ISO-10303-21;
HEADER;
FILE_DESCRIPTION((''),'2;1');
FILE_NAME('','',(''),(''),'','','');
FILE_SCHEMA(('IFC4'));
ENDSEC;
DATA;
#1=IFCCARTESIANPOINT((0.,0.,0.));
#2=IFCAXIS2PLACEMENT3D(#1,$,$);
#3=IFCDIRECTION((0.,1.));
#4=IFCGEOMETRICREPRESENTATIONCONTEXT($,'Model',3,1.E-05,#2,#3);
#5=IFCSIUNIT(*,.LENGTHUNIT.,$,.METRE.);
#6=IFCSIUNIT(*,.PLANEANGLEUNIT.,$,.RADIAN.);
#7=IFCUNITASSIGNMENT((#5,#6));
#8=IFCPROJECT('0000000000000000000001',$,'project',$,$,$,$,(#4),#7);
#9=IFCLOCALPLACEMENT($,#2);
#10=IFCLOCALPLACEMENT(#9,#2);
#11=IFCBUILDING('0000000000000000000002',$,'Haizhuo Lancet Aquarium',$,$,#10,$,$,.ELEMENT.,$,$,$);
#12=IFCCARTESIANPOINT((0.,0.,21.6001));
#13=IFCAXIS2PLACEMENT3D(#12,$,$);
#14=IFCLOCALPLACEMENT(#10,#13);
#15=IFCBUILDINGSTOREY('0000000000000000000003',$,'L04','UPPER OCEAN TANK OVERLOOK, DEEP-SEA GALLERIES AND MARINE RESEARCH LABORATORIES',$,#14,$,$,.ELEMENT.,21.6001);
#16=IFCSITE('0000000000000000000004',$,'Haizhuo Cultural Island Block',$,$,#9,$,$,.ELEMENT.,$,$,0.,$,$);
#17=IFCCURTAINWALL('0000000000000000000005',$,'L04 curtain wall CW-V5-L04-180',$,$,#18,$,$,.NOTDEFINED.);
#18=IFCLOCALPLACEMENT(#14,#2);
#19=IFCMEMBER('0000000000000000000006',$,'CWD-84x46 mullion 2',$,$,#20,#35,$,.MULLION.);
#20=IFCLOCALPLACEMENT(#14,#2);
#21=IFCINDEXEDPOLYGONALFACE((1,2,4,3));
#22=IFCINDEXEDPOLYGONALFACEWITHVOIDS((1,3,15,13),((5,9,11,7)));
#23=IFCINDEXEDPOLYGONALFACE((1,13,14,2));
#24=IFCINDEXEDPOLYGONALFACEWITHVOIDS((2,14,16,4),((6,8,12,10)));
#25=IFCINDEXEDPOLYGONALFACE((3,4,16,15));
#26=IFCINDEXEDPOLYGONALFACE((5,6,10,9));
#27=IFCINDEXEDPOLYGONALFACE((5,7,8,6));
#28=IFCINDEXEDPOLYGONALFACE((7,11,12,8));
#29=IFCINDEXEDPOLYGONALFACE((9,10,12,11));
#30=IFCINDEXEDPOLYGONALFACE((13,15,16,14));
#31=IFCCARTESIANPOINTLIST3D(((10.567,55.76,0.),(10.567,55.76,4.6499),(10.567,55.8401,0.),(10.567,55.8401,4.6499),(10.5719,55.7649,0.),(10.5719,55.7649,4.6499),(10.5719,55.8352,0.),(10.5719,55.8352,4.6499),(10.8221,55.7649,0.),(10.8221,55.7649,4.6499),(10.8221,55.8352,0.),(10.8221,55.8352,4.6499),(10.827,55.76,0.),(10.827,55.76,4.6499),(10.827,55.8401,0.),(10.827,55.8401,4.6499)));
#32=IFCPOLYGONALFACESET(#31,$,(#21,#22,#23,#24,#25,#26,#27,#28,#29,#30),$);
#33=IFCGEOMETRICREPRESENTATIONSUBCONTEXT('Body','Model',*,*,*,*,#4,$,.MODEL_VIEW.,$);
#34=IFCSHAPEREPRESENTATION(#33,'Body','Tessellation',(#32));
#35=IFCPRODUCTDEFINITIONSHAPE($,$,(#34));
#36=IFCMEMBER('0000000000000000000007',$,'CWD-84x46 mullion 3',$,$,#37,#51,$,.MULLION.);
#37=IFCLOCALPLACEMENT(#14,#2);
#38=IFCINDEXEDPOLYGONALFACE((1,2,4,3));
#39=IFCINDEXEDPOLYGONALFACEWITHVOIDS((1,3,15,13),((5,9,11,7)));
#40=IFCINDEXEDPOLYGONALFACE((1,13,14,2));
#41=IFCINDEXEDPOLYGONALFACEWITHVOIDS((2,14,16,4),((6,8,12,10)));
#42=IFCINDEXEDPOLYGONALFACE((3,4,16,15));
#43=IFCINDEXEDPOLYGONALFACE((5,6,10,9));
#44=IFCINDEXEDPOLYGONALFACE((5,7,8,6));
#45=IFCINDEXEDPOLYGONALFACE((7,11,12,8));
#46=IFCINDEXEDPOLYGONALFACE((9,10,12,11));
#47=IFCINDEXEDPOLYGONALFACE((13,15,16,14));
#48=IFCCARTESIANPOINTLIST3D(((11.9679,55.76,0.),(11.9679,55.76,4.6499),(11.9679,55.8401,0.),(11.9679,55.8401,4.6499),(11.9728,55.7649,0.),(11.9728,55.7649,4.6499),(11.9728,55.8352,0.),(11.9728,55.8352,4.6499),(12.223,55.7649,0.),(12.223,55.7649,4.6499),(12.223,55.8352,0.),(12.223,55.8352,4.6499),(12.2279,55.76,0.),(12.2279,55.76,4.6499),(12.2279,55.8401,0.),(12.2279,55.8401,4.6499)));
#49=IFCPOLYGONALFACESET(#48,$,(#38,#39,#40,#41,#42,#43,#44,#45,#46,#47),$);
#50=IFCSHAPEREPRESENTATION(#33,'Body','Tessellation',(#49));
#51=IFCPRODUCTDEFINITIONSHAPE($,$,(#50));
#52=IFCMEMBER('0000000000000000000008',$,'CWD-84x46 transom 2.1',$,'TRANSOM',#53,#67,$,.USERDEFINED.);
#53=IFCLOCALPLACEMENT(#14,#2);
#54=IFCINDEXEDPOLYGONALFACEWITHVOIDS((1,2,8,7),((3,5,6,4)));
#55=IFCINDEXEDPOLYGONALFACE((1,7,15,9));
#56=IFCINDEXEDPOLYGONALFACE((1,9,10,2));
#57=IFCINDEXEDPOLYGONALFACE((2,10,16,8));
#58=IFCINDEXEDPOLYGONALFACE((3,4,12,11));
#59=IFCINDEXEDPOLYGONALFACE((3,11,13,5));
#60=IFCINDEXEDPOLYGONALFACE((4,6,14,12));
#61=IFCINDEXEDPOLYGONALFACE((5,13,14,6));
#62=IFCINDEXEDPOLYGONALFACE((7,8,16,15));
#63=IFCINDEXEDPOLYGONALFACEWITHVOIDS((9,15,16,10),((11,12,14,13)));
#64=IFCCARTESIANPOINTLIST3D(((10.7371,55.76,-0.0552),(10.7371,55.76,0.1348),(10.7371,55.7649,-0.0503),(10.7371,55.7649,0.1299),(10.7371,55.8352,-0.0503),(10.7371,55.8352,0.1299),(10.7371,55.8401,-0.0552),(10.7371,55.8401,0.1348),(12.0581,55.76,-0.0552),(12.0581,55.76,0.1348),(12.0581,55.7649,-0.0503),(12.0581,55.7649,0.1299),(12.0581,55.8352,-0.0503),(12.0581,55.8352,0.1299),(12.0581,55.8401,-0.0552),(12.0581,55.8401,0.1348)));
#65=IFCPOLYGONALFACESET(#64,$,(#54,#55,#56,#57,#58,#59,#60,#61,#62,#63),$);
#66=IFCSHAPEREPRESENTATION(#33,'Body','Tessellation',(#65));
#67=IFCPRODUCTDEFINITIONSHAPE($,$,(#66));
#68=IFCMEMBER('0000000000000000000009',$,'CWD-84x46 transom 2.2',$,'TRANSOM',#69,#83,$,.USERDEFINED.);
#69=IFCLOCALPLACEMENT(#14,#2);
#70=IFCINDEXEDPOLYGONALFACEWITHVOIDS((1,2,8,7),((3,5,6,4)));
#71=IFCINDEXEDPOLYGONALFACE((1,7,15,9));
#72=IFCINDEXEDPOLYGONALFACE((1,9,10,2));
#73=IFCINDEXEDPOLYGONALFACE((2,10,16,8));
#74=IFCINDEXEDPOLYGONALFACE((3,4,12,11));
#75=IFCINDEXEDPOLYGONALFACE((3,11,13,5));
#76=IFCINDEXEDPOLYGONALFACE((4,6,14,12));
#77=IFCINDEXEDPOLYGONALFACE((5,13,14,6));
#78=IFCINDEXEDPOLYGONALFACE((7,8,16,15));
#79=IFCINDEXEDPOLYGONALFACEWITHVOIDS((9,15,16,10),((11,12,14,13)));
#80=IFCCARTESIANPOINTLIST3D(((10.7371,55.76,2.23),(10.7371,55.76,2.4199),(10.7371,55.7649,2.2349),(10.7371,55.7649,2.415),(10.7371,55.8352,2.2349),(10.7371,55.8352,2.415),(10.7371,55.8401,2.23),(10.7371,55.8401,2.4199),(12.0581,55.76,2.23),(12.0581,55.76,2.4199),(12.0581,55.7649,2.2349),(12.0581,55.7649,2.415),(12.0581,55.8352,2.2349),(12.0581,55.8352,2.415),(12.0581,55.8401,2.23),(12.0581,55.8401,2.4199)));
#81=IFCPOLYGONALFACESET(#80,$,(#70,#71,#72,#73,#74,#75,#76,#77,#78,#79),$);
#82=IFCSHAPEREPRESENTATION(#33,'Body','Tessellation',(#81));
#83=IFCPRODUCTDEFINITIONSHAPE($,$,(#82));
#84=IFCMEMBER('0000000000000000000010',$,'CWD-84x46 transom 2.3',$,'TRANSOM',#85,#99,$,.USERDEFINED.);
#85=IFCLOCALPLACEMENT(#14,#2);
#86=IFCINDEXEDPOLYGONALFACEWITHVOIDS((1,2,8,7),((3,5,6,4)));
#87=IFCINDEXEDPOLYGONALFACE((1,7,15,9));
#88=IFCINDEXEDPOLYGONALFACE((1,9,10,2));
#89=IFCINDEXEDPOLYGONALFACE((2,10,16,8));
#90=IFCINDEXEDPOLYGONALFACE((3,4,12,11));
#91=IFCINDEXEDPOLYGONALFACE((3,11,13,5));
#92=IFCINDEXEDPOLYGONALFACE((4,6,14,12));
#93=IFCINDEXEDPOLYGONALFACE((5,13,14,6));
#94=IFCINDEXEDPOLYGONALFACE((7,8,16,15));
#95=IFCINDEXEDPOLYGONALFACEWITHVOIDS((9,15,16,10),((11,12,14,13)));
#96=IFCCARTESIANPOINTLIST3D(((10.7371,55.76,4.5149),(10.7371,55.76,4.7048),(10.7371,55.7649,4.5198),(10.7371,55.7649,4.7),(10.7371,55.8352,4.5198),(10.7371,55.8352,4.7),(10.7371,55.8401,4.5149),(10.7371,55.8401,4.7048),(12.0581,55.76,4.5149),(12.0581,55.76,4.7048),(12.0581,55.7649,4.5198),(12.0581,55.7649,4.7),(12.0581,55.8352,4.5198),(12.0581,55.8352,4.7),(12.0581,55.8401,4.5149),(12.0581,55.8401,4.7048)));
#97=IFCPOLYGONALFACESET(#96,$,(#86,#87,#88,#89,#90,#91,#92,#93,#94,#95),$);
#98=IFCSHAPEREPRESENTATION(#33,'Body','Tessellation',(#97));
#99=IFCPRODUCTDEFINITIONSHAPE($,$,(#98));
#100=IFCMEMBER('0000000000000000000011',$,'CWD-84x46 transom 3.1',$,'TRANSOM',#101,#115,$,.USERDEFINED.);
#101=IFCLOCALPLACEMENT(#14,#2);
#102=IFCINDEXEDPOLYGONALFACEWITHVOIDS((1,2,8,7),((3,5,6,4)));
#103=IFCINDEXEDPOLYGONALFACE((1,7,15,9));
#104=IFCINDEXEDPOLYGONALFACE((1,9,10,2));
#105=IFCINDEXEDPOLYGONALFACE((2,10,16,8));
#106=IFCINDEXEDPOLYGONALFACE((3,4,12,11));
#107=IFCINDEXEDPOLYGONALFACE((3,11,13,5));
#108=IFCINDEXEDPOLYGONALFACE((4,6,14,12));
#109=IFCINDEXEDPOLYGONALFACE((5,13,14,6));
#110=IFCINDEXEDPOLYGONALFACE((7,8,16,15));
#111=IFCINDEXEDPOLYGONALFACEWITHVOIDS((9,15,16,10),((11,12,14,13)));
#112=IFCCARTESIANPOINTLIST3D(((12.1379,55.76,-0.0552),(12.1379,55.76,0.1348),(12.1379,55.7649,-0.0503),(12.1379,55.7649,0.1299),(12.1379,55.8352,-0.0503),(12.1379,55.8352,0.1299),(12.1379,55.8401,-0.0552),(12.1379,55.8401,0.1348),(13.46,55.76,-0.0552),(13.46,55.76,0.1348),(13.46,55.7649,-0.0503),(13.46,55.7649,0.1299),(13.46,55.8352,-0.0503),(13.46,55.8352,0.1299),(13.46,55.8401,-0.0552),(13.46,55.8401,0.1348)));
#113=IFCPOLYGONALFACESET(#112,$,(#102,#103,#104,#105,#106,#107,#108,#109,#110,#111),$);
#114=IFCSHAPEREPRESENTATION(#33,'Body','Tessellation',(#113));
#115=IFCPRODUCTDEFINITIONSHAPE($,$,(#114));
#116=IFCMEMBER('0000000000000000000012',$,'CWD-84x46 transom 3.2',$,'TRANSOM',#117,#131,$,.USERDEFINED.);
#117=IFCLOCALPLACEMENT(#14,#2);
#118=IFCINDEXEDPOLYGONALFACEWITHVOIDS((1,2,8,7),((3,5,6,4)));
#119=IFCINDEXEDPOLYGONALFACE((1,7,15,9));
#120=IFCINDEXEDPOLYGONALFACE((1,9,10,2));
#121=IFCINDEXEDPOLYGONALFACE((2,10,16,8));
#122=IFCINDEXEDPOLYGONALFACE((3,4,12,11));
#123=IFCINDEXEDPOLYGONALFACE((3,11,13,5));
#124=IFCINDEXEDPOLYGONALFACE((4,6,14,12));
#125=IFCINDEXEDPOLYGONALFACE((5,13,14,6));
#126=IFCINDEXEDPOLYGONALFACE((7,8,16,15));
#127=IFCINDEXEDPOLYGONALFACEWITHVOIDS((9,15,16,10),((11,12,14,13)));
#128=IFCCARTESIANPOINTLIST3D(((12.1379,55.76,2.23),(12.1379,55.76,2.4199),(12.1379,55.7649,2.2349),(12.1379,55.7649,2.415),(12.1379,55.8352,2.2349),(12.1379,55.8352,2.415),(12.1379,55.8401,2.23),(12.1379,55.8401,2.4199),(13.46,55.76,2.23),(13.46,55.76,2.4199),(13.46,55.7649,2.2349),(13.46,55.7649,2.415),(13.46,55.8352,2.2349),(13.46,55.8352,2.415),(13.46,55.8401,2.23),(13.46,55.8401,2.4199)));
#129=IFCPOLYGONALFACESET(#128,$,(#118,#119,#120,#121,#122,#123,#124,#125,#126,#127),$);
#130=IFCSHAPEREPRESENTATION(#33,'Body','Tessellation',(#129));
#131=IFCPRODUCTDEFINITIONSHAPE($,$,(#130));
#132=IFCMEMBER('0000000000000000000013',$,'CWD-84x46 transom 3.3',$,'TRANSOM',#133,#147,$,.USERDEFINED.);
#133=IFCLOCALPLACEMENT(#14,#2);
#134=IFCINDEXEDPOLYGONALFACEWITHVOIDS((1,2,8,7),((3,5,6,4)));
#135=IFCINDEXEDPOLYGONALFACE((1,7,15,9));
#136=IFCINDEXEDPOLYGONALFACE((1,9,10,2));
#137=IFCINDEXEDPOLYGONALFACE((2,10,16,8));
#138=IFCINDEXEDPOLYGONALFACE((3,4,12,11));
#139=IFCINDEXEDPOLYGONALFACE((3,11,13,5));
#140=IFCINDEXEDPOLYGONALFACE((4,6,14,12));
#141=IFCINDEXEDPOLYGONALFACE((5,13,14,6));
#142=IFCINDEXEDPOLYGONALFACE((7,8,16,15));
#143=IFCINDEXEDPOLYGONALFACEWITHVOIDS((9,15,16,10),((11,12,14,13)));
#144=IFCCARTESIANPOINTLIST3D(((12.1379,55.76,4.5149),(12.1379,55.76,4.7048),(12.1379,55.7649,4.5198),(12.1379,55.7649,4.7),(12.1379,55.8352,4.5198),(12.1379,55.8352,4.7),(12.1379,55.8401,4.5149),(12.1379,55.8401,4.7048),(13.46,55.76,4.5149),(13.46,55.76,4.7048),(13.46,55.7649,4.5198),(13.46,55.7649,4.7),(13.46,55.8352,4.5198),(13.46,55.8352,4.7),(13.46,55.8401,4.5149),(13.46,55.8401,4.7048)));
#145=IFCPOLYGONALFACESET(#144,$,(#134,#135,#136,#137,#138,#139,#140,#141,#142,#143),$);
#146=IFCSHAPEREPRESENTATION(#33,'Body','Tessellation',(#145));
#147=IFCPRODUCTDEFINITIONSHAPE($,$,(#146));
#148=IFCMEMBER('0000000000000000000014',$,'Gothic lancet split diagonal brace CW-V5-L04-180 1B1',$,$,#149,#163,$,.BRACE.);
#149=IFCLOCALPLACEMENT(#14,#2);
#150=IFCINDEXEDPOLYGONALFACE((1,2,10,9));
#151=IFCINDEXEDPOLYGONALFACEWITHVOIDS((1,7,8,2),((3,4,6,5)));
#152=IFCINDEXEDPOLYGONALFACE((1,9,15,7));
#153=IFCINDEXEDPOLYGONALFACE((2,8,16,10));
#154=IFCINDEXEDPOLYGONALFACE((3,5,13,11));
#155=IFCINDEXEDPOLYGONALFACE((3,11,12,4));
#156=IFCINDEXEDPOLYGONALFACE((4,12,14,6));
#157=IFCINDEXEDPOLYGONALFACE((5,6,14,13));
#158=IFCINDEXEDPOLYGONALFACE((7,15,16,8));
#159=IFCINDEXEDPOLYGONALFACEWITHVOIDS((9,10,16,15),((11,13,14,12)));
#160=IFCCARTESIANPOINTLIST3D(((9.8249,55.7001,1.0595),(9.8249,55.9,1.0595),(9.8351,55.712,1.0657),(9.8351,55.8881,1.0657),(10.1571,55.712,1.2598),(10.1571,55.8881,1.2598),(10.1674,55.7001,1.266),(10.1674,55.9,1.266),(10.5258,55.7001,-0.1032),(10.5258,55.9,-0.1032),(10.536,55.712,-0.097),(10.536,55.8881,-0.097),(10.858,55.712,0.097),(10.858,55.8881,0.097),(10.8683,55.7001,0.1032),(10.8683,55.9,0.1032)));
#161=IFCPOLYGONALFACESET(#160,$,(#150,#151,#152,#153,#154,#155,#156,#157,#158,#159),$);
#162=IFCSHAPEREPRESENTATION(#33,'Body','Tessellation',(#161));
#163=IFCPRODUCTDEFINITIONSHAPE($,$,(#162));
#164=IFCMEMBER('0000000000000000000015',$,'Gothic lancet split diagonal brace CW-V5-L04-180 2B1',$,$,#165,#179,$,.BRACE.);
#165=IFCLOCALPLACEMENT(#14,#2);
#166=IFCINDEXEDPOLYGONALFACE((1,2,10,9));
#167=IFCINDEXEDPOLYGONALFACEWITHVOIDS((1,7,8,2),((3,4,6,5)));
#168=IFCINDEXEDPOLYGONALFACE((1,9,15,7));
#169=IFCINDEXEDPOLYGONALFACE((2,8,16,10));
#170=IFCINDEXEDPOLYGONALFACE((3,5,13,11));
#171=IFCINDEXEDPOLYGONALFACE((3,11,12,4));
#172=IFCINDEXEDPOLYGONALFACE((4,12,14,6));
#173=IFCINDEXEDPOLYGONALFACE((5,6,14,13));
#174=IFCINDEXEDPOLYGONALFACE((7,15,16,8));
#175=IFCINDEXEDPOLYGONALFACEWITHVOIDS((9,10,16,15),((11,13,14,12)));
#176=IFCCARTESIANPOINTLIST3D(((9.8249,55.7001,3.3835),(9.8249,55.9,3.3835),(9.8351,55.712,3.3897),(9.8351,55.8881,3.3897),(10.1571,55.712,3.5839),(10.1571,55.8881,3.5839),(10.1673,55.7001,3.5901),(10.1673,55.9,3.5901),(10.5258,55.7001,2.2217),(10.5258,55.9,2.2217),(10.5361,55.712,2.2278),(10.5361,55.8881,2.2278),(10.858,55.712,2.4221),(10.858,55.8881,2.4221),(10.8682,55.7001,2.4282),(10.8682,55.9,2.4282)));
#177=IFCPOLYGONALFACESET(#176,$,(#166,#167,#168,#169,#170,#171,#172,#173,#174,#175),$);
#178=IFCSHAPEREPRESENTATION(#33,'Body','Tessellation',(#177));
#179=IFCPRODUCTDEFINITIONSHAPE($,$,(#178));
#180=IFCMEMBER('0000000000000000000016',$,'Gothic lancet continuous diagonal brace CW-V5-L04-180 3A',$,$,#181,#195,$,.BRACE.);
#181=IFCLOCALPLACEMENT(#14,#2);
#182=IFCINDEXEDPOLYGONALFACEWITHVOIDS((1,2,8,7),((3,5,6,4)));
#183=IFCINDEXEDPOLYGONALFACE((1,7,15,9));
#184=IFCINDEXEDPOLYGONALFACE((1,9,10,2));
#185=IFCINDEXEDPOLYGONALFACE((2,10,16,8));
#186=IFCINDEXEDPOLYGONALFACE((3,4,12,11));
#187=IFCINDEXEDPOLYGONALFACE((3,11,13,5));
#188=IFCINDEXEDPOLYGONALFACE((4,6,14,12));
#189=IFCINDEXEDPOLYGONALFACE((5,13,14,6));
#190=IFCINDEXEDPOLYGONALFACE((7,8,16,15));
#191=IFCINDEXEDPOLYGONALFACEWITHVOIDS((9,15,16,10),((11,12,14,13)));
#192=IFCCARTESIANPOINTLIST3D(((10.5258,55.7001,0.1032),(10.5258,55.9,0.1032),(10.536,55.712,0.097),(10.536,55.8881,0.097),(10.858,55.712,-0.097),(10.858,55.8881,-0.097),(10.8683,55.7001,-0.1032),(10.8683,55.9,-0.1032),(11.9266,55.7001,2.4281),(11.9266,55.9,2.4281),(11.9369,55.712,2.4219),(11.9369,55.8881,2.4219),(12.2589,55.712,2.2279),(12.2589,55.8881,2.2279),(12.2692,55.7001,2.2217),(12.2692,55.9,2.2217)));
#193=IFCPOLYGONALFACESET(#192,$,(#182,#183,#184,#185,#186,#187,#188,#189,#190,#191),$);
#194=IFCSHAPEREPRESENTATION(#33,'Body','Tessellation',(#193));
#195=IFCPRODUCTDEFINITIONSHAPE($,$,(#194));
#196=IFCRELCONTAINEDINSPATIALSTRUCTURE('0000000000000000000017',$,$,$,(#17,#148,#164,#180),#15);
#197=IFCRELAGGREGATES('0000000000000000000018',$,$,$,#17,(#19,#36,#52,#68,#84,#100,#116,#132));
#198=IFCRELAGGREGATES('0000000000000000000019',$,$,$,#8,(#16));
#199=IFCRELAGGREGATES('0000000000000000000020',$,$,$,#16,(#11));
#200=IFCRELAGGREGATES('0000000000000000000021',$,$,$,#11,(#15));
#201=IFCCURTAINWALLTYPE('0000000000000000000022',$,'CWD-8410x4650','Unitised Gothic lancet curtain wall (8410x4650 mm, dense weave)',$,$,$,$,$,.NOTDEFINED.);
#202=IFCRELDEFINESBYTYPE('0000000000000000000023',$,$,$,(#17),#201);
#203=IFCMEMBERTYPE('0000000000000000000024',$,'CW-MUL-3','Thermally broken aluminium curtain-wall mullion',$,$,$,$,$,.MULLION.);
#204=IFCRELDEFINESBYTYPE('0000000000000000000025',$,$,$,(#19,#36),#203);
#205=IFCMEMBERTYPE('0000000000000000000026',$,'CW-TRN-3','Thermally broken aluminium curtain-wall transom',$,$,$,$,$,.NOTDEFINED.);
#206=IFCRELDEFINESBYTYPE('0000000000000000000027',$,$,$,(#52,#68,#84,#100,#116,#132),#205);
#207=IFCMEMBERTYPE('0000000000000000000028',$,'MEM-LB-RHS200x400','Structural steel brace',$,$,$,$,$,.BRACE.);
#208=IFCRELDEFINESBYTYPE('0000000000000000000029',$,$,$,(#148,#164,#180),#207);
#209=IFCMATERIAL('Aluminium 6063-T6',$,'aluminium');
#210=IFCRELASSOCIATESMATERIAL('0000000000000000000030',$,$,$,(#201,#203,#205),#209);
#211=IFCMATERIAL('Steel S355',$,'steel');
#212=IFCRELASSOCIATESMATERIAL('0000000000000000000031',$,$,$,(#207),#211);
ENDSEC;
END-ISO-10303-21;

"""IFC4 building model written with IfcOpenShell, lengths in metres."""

from ifc_helpers import new_model, si_unit, direction, frame, origin, origin_2d, place, context, subcontext, project, spatial, hollow_rectangle, extrude, material, material_profile, profile_set, type_object, element, aggregate, save


model = new_model("IFC4")

# Units and contexts
model_context = context("Model", 3, precision=1e-05, world=origin(), true_north=direction((0.0, 1.0)))
body_context = subcontext(model_context, "Body", "Model", "MODEL_VIEW")
ifc_project = project(units=[si_unit("LENGTHUNIT", "METRE"), si_unit("PLANEANGLEUNIT", "RADIAN")], contexts=[model_context])

# Site, building, storey
site_placement = place(None, origin())
site = spatial("IfcSite", under=ifc_project, at=site_placement, Name="Haizhuo Cultural Island Block", CompositionType="ELEMENT", RefElevation=0.0)
building_placement = place(site_placement, origin())
building = spatial("IfcBuilding", under=site, at=building_placement, Name="Haizhuo Lancet Aquarium", CompositionType="ELEMENT")
storey_placement = place(building_placement, frame((0.0, 0.0, 21.6001)))
storey = spatial("IfcBuildingStorey", under=building, at=storey_placement, Name="L04", Description="UPPER OCEAN TANK OVERLOOK, DEEP-SEA GALLERIES AND MARINE RESEARCH LABORATORIES", CompositionType="ELEMENT", Elevation=21.6001)

# Curtain wall, members
ifc_material_1 = material(Name="Aluminium 6063-T6", Category="aluminium")
curtain_wall_type = type_object("IfcCurtainWallType", Name="CWD-8410x4650", Description="Unitised Gothic lancet curtain wall (8410x4650 mm, dense weave)", PredefinedType="NOTDEFINED", material=ifc_material_1)
curtain_wall_placement = place(storey_placement, origin())
curtain_wall = element("IfcCurtainWall", 1, at=curtain_wall_placement, inside=storey, type_object=curtain_wall_type, Name="L04 curtain wall CW-V5-L04-180", PredefinedType="NOTDEFINED")
ifc_material_profile_1 = material_profile(ifc_material_1, hollow_rectangle(XDim=0.0801, YDim=0.26, WallThickness=0.0049, at=origin_2d()), Name="ALU-M 80x260x5")
ifc_profile_set_1 = profile_set([ifc_material_profile_1], Name="Aluminium 6063-T6")
member_type_1 = type_object("IfcMemberType", Name="CW-MUL-3", Description="Thermally broken aluminium curtain-wall mullion", PredefinedType="MULLION", material=ifc_profile_set_1)
member_1_placement = place(storey_placement, frame((10.697, 55.8, 0.0), z_axis=(0.0, 0.0, 1.0), x_axis=(0.0, 1.0, 0.0)))
member_1 = element("IfcMember", 2, at=member_1_placement, type_object=member_type_1, Name="CWD-84x46 mullion 2", PredefinedType="MULLION", context=body_context, shape_type="SweptSolid", body=[
    extrude(hollow_rectangle(XDim=0.0801, YDim=0.26, WallThickness=0.0049, at=origin_2d()), origin(), (0.0, 0.0, 1.0), 4.6499),
])
member_2_placement = place(storey_placement, frame((12.0979, 55.8, 0.0), z_axis=(0.0, 0.0, 1.0), x_axis=(0.0, 1.0, 0.0)))
member_2 = element("IfcMember", 3, at=member_2_placement, type_object=member_type_1, Name="CWD-84x46 mullion 3", PredefinedType="MULLION", context=body_context, shape_type="SweptSolid", body=[
    extrude(hollow_rectangle(XDim=0.0801, YDim=0.26, WallThickness=0.0049, at=origin_2d()), origin(), (0.0, 0.0, 1.0), 4.6499),
])
ifc_material_profile_2 = material_profile(ifc_material_1, hollow_rectangle(XDim=0.0801, YDim=0.1899, WallThickness=0.0049, at=origin_2d()), Name="ALU-T 80x190x5")
ifc_profile_set_2 = profile_set([ifc_material_profile_2], Name="Aluminium 6063-T6")
member_type_2 = type_object("IfcMemberType", Name="CW-TRN-3", Description="Thermally broken aluminium curtain-wall transom", PredefinedType="NOTDEFINED", material=ifc_profile_set_2)
member_3_placement = place(storey_placement, frame((10.7371, 55.8, 0.0398), z_axis=(1.0, 0.0, 0.0), x_axis=(0.0, 1.0, 0.0)))
member_3 = element("IfcMember", 4, at=member_3_placement, type_object=member_type_2, Name="CWD-84x46 transom 2.1", ObjectType="TRANSOM", PredefinedType="USERDEFINED", context=body_context, shape_type="SweptSolid", body=[
    extrude(hollow_rectangle(XDim=0.0801, YDim=0.1899, WallThickness=0.0049, at=origin_2d()), origin(), (0.0, 0.0, 1.0), 1.321),
])
member_4_placement = place(storey_placement, frame((10.7371, 55.8, 2.325), z_axis=(1.0, 0.0, 0.0), x_axis=(0.0, 1.0, 0.0)))
member_4 = element("IfcMember", 5, at=member_4_placement, type_object=member_type_2, Name="CWD-84x46 transom 2.2", ObjectType="TRANSOM", PredefinedType="USERDEFINED", context=body_context, shape_type="SweptSolid", body=[
    extrude(hollow_rectangle(XDim=0.0801, YDim=0.1899, WallThickness=0.0049, at=origin_2d()), origin(), (0.0, 0.0, 1.0), 1.321),
])
member_5_placement = place(storey_placement, frame((10.7371, 55.8, 4.6099), z_axis=(1.0, 0.0, 0.0), x_axis=(0.0, 1.0, 0.0)))
member_5 = element("IfcMember", 6, at=member_5_placement, type_object=member_type_2, Name="CWD-84x46 transom 2.3", ObjectType="TRANSOM", PredefinedType="USERDEFINED", context=body_context, shape_type="SweptSolid", body=[
    extrude(hollow_rectangle(XDim=0.0801, YDim=0.1899, WallThickness=0.0049, at=origin_2d()), origin(), (0.0, 0.0, 1.0), 1.321),
])
member_6_placement = place(storey_placement, frame((12.1379, 55.8, 0.0398), z_axis=(1.0, 0.0, 0.0), x_axis=(0.0, 1.0, 0.0)))
member_6 = element("IfcMember", 7, at=member_6_placement, type_object=member_type_2, Name="CWD-84x46 transom 3.1", ObjectType="TRANSOM", PredefinedType="USERDEFINED", context=body_context, shape_type="SweptSolid", body=[
    extrude(hollow_rectangle(XDim=0.0801, YDim=0.1899, WallThickness=0.0049, at=origin_2d()), origin(), (0.0, 0.0, 1.0), 1.322),
])
member_7_placement = place(storey_placement, frame((12.1379, 55.8, 2.325), z_axis=(1.0, 0.0, 0.0), x_axis=(0.0, 1.0, 0.0)))
member_7 = element("IfcMember", 8, at=member_7_placement, type_object=member_type_2, Name="CWD-84x46 transom 3.2", ObjectType="TRANSOM", PredefinedType="USERDEFINED", context=body_context, shape_type="SweptSolid", body=[
    extrude(hollow_rectangle(XDim=0.0801, YDim=0.1899, WallThickness=0.0049, at=origin_2d()), origin(), (0.0, 0.0, 1.0), 1.322),
])
member_8_placement = place(storey_placement, frame((12.1379, 55.8, 4.6099), z_axis=(1.0, 0.0, 0.0), x_axis=(0.0, 1.0, 0.0)))
member_8 = element("IfcMember", 9, at=member_8_placement, type_object=member_type_2, Name="CWD-84x46 transom 3.3", ObjectType="TRANSOM", PredefinedType="USERDEFINED", context=body_context, shape_type="SweptSolid", body=[
    extrude(hollow_rectangle(XDim=0.0801, YDim=0.1899, WallThickness=0.0049, at=origin_2d()), origin(), (0.0, 0.0, 1.0), 1.322),
])

# Members
ifc_material_2 = material(Name="Steel S355", Category="steel")
ifc_material_profile_3 = material_profile(ifc_material_2, hollow_rectangle(XDim=0.2, YDim=0.3999, WallThickness=0.012, at=origin_2d()), Name="RHS 200x400x12")
ifc_profile_set_3 = profile_set([ifc_material_profile_3], Name="Steel S355")
member_type_3 = type_object("IfcMemberType", Name="MEM-LB-RHS200x400", Description="Structural steel brace", PredefinedType="BRACE", material=ifc_profile_set_3)
member_9_placement = place(storey_placement, frame((10.697, 55.8, 0.0), z_axis=(-0.51624, 0.0, 0.856444), x_axis=(0.0, -1.0, 0.0)))
element("IfcMember", 10, at=member_9_placement, inside=storey, type_object=member_type_3, Name="Gothic lancet split diagonal brace CW-V5-L04-180 1B1", PredefinedType="BRACE", context=body_context, shape_type="SweptSolid", body=[
    extrude(hollow_rectangle(XDim=0.2, YDim=0.3999, WallThickness=0.012, at=origin_2d()), origin(), (0.0, 0.0, 1.0), 1.3577),
])
member_10_placement = place(storey_placement, frame((10.697, 55.8, 2.325), z_axis=(-0.516558, 0.0, 0.856252), x_axis=(0.0, -1.0, 0.0)))
element("IfcMember", 11, at=member_10_placement, inside=storey, type_object=member_type_3, Name="Gothic lancet split diagonal brace CW-V5-L04-180 2B1", PredefinedType="BRACE", context=body_context, shape_type="SweptSolid", body=[
    extrude(hollow_rectangle(XDim=0.2, YDim=0.3999, WallThickness=0.012, at=origin_2d()), origin(), (0.0, 0.0, 1.0), 1.3569),
])
member_11_placement = place(storey_placement, frame((10.697, 55.8, 0.0), z_axis=(0.516095, 0.0, 0.856531), x_axis=(0.0, 1.0, 0.0)))
element("IfcMember", 12, at=member_11_placement, inside=storey, type_object=member_type_3, Name="Gothic lancet continuous diagonal brace CW-V5-L04-180 3A", PredefinedType="BRACE", context=body_context, shape_type="SweptSolid", body=[
    extrude(hollow_rectangle(XDim=0.2, YDim=0.3999, WallThickness=0.012, at=origin_2d()), origin(), (0.0, 0.0, 1.0), 2.7144),
])

aggregate(curtain_wall, [member_1, member_2, member_3, member_4, member_5, member_6, member_7, member_8])

save(model, "model.ifc")
